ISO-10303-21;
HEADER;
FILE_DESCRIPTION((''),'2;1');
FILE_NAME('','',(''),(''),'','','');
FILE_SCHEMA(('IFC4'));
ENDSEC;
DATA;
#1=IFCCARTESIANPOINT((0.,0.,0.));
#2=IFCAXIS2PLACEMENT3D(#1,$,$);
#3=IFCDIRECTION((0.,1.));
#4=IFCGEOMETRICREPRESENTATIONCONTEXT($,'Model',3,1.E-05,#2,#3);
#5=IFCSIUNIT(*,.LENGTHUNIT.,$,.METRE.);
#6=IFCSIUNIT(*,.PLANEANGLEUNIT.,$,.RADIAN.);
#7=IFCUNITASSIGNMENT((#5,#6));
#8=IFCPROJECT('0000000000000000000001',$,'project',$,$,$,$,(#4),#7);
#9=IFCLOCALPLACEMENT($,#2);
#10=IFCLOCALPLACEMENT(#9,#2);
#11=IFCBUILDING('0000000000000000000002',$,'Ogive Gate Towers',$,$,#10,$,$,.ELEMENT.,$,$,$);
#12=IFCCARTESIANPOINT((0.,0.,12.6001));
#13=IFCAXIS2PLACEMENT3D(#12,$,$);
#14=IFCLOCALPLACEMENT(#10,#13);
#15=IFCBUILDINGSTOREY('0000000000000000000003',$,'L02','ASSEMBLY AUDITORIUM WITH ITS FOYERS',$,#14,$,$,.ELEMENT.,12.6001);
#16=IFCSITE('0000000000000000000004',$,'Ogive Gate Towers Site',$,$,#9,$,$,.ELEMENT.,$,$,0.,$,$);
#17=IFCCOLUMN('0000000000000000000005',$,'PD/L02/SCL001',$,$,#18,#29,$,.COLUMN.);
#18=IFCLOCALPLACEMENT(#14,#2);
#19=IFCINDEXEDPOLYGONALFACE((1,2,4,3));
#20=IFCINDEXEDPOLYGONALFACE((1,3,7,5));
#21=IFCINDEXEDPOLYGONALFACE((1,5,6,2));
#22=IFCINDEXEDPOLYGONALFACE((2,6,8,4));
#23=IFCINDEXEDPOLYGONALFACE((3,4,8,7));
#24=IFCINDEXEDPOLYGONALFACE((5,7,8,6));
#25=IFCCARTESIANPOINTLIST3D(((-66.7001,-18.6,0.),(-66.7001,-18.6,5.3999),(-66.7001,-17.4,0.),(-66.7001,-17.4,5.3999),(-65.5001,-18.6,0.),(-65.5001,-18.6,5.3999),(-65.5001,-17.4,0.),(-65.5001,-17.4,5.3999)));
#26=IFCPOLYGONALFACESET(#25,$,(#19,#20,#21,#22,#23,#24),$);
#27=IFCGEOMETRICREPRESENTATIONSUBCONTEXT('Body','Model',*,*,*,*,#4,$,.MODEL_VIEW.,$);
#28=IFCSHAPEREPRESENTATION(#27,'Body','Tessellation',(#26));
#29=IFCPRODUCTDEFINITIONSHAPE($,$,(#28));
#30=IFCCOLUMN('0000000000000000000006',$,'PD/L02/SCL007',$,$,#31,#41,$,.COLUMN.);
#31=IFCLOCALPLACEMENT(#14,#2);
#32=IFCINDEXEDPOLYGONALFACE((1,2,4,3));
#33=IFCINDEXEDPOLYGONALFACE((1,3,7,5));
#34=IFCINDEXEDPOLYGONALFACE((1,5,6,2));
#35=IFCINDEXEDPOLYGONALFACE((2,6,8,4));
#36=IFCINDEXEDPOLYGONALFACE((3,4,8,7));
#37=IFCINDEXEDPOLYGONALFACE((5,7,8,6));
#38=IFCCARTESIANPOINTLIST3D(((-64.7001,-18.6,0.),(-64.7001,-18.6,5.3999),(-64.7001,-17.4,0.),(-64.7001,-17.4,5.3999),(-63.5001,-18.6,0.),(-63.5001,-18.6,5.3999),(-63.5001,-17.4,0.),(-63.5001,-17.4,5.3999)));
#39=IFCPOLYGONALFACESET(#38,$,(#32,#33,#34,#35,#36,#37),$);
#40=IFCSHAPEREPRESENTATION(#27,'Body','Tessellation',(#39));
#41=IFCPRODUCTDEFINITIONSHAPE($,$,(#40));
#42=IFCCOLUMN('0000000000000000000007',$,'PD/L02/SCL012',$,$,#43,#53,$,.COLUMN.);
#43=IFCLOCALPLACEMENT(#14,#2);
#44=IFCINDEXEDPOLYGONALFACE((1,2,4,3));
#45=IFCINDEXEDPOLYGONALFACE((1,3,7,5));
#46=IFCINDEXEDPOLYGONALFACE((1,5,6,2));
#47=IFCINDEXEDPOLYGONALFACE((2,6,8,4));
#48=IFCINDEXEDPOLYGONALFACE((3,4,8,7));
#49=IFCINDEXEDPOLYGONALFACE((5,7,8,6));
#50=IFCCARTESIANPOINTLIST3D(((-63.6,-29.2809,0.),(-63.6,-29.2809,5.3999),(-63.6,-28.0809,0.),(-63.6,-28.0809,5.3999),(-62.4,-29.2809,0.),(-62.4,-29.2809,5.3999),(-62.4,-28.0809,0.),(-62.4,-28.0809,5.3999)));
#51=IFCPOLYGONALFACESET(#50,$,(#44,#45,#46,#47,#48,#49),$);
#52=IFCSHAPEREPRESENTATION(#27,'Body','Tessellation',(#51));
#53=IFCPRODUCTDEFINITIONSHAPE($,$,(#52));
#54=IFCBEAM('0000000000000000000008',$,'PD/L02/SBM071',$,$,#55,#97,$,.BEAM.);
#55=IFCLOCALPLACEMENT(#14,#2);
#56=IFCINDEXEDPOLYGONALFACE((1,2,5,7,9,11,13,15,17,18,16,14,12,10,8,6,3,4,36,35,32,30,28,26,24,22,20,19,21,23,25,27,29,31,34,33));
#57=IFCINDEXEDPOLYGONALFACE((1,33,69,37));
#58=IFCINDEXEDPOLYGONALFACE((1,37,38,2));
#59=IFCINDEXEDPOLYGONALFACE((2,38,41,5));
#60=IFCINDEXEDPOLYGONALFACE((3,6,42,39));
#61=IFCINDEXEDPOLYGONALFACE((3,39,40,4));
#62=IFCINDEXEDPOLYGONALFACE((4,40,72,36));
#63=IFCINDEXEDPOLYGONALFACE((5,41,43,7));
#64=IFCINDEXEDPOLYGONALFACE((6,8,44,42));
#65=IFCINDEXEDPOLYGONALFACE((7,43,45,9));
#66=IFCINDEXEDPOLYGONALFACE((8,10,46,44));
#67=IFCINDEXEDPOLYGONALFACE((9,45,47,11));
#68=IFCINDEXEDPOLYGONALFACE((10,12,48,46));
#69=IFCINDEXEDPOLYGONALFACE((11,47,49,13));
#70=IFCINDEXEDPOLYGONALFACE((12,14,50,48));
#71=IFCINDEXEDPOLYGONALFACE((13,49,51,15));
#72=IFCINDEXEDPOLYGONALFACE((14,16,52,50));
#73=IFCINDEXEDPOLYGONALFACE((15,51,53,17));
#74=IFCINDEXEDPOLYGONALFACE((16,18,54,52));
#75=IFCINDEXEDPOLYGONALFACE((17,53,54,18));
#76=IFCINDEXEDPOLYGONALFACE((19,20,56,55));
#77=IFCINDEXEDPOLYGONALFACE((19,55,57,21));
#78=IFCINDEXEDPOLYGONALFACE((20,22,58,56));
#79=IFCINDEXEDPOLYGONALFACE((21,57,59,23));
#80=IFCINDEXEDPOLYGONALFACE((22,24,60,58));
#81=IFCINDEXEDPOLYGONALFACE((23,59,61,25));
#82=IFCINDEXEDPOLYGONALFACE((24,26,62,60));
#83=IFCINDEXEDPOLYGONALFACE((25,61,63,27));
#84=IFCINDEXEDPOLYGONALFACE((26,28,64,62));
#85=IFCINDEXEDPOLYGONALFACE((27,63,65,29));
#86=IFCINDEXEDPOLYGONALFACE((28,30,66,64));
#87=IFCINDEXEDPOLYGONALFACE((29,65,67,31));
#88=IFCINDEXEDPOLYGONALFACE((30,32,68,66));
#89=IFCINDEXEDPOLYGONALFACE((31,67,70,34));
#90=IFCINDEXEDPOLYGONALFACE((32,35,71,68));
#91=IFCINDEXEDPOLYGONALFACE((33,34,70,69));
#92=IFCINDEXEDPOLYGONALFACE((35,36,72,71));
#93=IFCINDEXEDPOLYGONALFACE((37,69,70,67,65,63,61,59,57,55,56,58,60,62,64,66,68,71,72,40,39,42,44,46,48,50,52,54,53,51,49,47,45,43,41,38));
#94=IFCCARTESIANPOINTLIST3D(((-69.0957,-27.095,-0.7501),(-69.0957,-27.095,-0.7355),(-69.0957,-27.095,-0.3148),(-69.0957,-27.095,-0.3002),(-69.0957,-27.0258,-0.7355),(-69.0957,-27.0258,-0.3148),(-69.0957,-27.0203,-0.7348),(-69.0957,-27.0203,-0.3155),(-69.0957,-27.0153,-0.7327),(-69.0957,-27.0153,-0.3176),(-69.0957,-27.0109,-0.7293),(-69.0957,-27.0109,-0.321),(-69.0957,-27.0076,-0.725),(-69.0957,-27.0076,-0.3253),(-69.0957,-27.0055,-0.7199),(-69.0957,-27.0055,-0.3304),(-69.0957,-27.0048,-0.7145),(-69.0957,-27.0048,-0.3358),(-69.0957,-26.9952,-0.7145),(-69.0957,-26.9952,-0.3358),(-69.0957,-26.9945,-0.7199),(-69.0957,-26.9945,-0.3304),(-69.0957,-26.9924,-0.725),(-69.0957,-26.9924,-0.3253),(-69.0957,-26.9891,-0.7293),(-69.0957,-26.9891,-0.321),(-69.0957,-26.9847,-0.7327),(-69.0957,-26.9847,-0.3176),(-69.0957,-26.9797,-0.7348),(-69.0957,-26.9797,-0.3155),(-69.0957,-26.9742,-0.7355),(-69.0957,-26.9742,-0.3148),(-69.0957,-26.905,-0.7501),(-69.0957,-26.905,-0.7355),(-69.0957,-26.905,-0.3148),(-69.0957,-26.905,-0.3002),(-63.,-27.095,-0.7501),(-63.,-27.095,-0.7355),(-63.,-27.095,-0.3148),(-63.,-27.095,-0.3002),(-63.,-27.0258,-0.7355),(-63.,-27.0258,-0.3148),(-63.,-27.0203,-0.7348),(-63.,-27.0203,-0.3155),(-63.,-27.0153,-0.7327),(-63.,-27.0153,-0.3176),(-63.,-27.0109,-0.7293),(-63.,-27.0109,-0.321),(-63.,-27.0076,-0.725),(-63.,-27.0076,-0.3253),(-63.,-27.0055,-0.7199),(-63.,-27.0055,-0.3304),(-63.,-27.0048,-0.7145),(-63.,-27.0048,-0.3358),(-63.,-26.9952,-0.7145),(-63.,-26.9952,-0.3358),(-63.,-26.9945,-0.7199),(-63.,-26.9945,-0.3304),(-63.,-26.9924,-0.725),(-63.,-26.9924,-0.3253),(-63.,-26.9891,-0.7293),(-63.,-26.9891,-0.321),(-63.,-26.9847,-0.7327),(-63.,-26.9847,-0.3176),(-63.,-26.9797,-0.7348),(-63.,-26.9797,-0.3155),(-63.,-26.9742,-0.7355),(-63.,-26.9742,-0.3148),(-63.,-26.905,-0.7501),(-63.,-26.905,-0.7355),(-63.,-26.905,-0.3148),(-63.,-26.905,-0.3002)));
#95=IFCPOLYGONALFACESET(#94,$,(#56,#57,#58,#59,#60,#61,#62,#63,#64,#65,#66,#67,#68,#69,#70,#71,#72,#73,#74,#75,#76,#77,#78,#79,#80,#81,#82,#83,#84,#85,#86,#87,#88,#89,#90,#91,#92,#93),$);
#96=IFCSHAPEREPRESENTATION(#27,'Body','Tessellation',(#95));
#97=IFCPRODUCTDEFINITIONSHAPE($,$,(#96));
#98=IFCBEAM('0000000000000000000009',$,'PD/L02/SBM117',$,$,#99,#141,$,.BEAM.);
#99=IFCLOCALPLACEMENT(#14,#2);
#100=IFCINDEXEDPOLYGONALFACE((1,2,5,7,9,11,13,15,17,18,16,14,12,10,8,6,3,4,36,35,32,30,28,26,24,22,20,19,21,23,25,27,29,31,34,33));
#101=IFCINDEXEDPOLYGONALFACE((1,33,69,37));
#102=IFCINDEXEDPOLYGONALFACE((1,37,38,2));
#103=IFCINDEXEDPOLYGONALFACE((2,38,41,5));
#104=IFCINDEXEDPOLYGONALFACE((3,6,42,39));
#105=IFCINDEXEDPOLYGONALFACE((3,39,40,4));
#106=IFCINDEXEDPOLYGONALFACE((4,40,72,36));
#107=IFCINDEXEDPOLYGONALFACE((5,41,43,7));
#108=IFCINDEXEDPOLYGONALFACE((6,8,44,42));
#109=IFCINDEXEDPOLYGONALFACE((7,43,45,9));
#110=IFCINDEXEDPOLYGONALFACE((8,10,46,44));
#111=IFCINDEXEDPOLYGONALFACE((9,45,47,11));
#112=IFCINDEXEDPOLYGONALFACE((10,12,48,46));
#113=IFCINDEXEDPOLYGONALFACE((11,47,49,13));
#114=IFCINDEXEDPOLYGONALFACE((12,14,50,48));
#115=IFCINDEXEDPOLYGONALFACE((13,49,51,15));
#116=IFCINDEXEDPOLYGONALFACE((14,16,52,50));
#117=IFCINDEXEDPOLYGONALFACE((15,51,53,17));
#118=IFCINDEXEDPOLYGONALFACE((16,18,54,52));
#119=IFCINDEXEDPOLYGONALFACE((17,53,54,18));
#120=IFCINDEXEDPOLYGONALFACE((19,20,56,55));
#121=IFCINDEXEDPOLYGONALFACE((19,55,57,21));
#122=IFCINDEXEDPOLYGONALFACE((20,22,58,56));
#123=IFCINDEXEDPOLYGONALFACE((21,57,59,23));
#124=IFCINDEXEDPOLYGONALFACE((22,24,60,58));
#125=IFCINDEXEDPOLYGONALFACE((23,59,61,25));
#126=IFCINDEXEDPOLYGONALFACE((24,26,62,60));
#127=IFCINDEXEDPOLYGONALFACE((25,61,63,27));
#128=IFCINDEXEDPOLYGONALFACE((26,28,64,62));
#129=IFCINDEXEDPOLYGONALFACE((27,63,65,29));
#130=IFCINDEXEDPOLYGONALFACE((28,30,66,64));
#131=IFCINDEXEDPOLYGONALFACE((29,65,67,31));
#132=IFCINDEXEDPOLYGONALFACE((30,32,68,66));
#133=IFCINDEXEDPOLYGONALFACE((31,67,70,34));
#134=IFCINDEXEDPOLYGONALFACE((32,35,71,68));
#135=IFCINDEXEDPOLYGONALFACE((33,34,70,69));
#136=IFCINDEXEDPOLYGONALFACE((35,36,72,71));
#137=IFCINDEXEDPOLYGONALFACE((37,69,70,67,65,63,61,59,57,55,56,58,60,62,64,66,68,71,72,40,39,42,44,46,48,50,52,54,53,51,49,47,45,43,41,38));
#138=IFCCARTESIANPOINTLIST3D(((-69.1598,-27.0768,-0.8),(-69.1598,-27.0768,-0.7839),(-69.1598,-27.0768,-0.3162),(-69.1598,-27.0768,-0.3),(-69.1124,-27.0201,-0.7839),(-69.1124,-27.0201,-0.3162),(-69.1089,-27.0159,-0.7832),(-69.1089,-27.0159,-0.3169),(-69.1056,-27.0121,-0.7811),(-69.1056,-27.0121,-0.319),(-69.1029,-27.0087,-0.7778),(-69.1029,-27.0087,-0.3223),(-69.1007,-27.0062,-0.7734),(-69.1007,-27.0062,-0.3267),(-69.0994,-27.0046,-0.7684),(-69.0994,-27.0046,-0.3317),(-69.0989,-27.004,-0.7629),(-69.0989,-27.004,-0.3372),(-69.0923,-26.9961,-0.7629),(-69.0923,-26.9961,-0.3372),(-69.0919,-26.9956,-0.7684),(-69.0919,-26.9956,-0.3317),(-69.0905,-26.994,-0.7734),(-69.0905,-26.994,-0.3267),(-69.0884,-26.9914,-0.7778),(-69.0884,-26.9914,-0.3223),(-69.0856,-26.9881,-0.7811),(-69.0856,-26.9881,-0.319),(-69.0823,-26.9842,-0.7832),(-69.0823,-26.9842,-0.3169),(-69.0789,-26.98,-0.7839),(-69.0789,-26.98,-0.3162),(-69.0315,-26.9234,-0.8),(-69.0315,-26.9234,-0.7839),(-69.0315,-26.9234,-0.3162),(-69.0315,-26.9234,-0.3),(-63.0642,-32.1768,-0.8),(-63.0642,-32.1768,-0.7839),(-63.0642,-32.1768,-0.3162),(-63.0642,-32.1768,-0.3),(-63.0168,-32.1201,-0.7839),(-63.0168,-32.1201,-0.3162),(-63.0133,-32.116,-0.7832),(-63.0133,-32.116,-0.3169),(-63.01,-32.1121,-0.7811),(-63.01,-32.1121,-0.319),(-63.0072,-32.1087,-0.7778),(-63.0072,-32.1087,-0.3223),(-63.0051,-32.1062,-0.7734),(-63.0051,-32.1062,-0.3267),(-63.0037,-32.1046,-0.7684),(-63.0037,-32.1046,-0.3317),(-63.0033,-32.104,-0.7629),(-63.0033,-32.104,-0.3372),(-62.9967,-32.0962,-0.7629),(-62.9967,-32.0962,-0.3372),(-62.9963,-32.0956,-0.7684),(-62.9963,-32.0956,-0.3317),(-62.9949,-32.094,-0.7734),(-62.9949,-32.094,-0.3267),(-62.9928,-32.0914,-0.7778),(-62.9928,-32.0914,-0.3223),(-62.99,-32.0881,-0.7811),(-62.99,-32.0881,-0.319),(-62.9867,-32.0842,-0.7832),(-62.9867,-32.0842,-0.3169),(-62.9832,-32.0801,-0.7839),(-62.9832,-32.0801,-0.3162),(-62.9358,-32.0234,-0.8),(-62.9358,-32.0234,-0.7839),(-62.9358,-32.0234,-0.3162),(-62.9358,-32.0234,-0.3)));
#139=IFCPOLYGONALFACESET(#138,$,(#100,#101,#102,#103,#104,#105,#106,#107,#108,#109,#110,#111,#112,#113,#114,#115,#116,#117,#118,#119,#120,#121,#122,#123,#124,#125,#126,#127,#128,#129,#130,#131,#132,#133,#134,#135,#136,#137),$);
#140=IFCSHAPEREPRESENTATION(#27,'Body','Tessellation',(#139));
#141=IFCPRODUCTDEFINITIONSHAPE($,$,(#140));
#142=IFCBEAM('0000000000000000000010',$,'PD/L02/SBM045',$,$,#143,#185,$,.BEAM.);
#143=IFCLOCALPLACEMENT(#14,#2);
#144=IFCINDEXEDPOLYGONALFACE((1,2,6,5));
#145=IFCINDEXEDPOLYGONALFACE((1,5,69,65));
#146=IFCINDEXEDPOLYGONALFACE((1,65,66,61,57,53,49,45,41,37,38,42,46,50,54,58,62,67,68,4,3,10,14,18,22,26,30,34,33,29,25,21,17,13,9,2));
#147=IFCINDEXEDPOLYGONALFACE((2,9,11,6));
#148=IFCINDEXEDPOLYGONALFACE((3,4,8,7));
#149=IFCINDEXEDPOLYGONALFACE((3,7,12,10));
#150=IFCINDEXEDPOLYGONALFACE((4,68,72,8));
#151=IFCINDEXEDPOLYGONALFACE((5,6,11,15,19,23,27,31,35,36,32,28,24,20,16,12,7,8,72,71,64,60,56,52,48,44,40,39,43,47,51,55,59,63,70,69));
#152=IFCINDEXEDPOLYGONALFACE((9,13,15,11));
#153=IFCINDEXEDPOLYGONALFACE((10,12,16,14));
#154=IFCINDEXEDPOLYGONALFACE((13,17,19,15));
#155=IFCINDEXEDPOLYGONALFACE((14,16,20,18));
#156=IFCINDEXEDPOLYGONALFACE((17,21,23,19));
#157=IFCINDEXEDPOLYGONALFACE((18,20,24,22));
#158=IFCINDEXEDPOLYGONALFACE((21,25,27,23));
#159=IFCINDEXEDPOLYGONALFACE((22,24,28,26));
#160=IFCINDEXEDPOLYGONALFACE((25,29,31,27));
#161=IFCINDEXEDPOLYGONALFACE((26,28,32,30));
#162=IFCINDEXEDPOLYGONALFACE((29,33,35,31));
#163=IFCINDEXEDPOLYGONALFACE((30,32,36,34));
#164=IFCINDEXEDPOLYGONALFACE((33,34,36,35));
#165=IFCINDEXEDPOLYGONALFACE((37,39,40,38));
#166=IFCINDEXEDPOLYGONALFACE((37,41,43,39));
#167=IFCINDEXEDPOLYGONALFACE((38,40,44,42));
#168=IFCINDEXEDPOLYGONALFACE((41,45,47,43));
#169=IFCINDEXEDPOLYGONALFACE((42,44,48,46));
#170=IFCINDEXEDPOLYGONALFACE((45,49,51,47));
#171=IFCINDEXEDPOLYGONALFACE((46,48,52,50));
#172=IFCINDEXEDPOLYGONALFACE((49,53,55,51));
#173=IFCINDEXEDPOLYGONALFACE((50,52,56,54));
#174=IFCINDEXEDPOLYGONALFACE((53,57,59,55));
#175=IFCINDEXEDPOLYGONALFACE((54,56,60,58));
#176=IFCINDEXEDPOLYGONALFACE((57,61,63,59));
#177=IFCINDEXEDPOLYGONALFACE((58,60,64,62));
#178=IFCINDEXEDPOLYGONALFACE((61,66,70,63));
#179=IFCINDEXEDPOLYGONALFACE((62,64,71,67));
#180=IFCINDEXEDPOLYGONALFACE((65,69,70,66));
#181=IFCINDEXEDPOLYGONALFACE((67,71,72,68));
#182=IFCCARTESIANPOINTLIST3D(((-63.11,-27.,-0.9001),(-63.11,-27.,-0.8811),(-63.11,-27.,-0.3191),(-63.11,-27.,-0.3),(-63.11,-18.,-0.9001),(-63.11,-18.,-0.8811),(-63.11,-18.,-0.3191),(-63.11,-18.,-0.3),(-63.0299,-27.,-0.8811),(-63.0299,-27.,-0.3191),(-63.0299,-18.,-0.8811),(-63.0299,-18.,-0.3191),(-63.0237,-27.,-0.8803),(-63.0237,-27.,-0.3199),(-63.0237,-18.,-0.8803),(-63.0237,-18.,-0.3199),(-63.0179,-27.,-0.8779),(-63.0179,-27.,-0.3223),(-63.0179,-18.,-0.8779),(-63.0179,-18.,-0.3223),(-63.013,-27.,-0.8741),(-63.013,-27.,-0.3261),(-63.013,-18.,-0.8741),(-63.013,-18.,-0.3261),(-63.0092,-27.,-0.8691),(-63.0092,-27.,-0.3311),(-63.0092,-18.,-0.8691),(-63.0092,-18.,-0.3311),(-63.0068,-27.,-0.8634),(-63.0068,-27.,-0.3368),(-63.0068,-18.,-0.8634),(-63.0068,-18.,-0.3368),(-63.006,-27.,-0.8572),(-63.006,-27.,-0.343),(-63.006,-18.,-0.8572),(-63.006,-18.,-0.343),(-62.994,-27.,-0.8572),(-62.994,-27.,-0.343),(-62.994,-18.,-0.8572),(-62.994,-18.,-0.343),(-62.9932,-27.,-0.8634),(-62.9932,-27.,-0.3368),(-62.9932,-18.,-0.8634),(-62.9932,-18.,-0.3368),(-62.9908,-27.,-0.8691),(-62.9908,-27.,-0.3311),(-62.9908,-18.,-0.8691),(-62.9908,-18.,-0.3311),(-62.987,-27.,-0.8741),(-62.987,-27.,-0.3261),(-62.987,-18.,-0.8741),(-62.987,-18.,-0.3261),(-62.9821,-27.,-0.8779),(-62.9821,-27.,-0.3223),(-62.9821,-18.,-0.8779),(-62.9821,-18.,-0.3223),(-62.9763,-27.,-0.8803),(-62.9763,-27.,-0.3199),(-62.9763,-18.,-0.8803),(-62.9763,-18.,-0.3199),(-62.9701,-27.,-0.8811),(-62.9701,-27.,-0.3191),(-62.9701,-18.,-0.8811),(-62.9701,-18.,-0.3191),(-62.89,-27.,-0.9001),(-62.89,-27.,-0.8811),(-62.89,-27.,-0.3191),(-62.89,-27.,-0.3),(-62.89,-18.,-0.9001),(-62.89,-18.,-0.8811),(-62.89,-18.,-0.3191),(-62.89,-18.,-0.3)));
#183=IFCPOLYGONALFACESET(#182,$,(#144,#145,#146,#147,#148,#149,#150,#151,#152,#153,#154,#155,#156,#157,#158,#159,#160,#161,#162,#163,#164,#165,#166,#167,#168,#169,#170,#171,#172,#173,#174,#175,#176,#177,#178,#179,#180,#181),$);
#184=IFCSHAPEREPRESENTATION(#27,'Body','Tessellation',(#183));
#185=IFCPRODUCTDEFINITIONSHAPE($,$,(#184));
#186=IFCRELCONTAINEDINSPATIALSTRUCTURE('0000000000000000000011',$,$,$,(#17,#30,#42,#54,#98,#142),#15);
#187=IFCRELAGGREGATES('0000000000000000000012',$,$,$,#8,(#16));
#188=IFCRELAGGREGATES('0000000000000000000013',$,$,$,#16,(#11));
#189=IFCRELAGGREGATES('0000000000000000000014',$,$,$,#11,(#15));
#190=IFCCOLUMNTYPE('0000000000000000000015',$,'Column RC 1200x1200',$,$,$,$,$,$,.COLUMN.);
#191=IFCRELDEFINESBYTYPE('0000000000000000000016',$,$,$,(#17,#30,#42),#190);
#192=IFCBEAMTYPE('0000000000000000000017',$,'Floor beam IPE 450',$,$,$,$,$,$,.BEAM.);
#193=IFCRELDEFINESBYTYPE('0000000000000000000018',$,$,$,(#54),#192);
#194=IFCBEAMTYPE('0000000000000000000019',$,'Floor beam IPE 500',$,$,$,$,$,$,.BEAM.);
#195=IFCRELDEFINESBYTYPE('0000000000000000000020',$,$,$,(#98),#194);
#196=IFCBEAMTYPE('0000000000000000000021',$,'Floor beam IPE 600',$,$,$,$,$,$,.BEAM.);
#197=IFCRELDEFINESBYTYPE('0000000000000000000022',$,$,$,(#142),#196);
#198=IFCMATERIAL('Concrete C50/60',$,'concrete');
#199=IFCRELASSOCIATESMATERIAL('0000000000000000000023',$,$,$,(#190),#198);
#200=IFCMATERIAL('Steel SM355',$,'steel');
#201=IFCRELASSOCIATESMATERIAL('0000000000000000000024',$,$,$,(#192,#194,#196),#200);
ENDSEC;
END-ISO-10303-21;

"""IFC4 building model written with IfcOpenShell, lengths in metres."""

from ifc_helpers import new_model, si_unit, direction, frame, origin, origin_2d, place, context, subcontext, project, spatial, rectangle, i_section, extrude, material, material_profile, profile_set, type_object, element, save


model = new_model("IFC4")

# Units and contexts
model_context = context("Model", 3, precision=1e-05, world=origin(), true_north=direction((0.0, 1.0)))
body_context = subcontext(model_context, "Body", "Model", "MODEL_VIEW")
ifc_project = project(units=[si_unit("LENGTHUNIT", "METRE"), si_unit("PLANEANGLEUNIT", "RADIAN")], contexts=[model_context])

# Site, building, storey
site_placement = place(None, origin())
site = spatial("IfcSite", under=ifc_project, at=site_placement, Name="Ogive Gate Towers Site", CompositionType="ELEMENT", RefElevation=0.0)
building_placement = place(site_placement, origin())
building = spatial("IfcBuilding", under=site, at=building_placement, Name="Ogive Gate Towers", CompositionType="ELEMENT")
storey_placement = place(building_placement, frame((0.0, 0.0, 12.6001)))
storey = spatial("IfcBuildingStorey", under=building, at=storey_placement, Name="L02", Description="ASSEMBLY AUDITORIUM WITH ITS FOYERS", CompositionType="ELEMENT", Elevation=12.6001)

# Columns
ifc_material_1 = material(Name="Concrete C50/60", Category="concrete")
ifc_material_profile_1 = material_profile(ifc_material_1, rectangle(XDim=1.2, YDim=1.2, at=origin_2d()), Name="RC 1200x1200")
ifc_profile_set_1 = profile_set([ifc_material_profile_1], Name="Concrete C50/60")
column_type = type_object("IfcColumnType", Name="Column RC 1200x1200", PredefinedType="COLUMN", material=ifc_profile_set_1)
for number, where, z_axis, x_axis, name in (
    (1, (-66.1001, -18.0, 0.0), (0.0, 0.0, 1.0), (1.0, 0.0, 0.0), "PD/L02/SCL001"),
    (2, (-64.1001, -18.0, 0.0), (0.0, 0.0, 1.0), (1.0, 0.0, 0.0), "PD/L02/SCL007"),
    (3, (-63.0, -28.6809, 0.0), (0.0, 0.0, 1.0), (1.0, 0.0, 0.0), "PD/L02/SCL012"),
):
    element("IfcColumn", number, at=place(storey_placement, frame(where, z_axis=z_axis, x_axis=x_axis)), inside=storey, type_object=column_type, Name=name, PredefinedType="COLUMN", context=body_context, shape_type="SweptSolid", body=[
        extrude(rectangle(XDim=1.2, YDim=1.2, at=origin_2d()), origin(), (0.0, 0.0, 1.0), 5.3999),
    ])

# Beams
ifc_material_2 = material(Name="Steel SM355", Category="steel")
ifc_material_profile_2 = material_profile(ifc_material_2, i_section(OverallWidth=0.1899, OverallDepth=0.45, WebThickness=0.0095, FlangeThickness=0.0146, FilletRadius=0.021, at=origin_2d()), Name="IPE 450")
ifc_profile_set_2 = profile_set([ifc_material_profile_2], Name="Steel SM355")
beam_type_1 = type_object("IfcBeamType", Name="Floor beam IPE 450", PredefinedType="BEAM", material=ifc_profile_set_2)
beam_1_placement = place(storey_placement, frame((-69.0957, -27.0, -0.5251), z_axis=(1.0, 0.0, 0.0), x_axis=(0.0, 1.0, 0.0)))
element("IfcBeam", 4, at=beam_1_placement, inside=storey, type_object=beam_type_1, Name="PD/L02/SBM071", PredefinedType="BEAM", context=body_context, shape_type="SweptSolid", body=[
    extrude(i_section(OverallWidth=0.1899, OverallDepth=0.45, WebThickness=0.0095, FlangeThickness=0.0146, FilletRadius=0.021, at=origin_2d()), origin(), (0.0, 0.0, 1.0), 6.0957),
])
ifc_material_profile_3 = material_profile(ifc_material_2, i_section(OverallWidth=0.2, OverallDepth=0.5, WebThickness=0.0103, FlangeThickness=0.0161, FilletRadius=0.021, at=origin_2d()), Name="IPE 500")
ifc_profile_set_3 = profile_set([ifc_material_profile_3], Name="Steel SM355")
beam_type_2 = type_object("IfcBeamType", Name="Floor beam IPE 500", PredefinedType="BEAM", material=ifc_profile_set_3)
beam_2_placement = place(storey_placement, frame((-63.0, -32.1001, -0.55), z_axis=(-0.766961, 0.641694, 0.0), x_axis=(-0.641694, -0.766961, 0.0)))
element("IfcBeam", 5, at=beam_2_placement, inside=storey, type_object=beam_type_2, Name="PD/L02/SBM117", PredefinedType="BEAM", context=body_context, shape_type="SweptSolid", body=[
    extrude(i_section(OverallWidth=0.2, OverallDepth=0.5, WebThickness=0.0103, FlangeThickness=0.0161, FilletRadius=0.021, at=origin_2d()), origin(), (0.0, 0.0, 1.0), 7.9478),
])
ifc_material_profile_4 = material_profile(ifc_material_2, i_section(OverallWidth=0.22, OverallDepth=0.6001, WebThickness=0.012, FlangeThickness=0.019, FilletRadius=0.0239, at=origin_2d()), Name="IPE 600")
ifc_profile_set_4 = profile_set([ifc_material_profile_4], Name="Steel SM355")
beam_type_3 = type_object("IfcBeamType", Name="Floor beam IPE 600", PredefinedType="BEAM", material=ifc_profile_set_4)
for number, where, z_axis, x_axis, name in (
    (6, (-63.0, -27.0, -0.6001), (0.0, 1.0, 0.0), (-1.0, 0.0, 0.0), "PD/L02/SBM045"),
):
    element("IfcBeam", number, at=place(storey_placement, frame(where, z_axis=z_axis, x_axis=x_axis)), inside=storey, type_object=beam_type_3, Name=name, PredefinedType="BEAM", context=body_context, shape_type="SweptSolid", body=[
        extrude(i_section(OverallWidth=0.22, OverallDepth=0.6001, WebThickness=0.012, FlangeThickness=0.019, FilletRadius=0.0239, at=origin_2d()), origin(), (0.0, 0.0, 1.0), 9.0),
    ])

save(model, "model.ifc")
